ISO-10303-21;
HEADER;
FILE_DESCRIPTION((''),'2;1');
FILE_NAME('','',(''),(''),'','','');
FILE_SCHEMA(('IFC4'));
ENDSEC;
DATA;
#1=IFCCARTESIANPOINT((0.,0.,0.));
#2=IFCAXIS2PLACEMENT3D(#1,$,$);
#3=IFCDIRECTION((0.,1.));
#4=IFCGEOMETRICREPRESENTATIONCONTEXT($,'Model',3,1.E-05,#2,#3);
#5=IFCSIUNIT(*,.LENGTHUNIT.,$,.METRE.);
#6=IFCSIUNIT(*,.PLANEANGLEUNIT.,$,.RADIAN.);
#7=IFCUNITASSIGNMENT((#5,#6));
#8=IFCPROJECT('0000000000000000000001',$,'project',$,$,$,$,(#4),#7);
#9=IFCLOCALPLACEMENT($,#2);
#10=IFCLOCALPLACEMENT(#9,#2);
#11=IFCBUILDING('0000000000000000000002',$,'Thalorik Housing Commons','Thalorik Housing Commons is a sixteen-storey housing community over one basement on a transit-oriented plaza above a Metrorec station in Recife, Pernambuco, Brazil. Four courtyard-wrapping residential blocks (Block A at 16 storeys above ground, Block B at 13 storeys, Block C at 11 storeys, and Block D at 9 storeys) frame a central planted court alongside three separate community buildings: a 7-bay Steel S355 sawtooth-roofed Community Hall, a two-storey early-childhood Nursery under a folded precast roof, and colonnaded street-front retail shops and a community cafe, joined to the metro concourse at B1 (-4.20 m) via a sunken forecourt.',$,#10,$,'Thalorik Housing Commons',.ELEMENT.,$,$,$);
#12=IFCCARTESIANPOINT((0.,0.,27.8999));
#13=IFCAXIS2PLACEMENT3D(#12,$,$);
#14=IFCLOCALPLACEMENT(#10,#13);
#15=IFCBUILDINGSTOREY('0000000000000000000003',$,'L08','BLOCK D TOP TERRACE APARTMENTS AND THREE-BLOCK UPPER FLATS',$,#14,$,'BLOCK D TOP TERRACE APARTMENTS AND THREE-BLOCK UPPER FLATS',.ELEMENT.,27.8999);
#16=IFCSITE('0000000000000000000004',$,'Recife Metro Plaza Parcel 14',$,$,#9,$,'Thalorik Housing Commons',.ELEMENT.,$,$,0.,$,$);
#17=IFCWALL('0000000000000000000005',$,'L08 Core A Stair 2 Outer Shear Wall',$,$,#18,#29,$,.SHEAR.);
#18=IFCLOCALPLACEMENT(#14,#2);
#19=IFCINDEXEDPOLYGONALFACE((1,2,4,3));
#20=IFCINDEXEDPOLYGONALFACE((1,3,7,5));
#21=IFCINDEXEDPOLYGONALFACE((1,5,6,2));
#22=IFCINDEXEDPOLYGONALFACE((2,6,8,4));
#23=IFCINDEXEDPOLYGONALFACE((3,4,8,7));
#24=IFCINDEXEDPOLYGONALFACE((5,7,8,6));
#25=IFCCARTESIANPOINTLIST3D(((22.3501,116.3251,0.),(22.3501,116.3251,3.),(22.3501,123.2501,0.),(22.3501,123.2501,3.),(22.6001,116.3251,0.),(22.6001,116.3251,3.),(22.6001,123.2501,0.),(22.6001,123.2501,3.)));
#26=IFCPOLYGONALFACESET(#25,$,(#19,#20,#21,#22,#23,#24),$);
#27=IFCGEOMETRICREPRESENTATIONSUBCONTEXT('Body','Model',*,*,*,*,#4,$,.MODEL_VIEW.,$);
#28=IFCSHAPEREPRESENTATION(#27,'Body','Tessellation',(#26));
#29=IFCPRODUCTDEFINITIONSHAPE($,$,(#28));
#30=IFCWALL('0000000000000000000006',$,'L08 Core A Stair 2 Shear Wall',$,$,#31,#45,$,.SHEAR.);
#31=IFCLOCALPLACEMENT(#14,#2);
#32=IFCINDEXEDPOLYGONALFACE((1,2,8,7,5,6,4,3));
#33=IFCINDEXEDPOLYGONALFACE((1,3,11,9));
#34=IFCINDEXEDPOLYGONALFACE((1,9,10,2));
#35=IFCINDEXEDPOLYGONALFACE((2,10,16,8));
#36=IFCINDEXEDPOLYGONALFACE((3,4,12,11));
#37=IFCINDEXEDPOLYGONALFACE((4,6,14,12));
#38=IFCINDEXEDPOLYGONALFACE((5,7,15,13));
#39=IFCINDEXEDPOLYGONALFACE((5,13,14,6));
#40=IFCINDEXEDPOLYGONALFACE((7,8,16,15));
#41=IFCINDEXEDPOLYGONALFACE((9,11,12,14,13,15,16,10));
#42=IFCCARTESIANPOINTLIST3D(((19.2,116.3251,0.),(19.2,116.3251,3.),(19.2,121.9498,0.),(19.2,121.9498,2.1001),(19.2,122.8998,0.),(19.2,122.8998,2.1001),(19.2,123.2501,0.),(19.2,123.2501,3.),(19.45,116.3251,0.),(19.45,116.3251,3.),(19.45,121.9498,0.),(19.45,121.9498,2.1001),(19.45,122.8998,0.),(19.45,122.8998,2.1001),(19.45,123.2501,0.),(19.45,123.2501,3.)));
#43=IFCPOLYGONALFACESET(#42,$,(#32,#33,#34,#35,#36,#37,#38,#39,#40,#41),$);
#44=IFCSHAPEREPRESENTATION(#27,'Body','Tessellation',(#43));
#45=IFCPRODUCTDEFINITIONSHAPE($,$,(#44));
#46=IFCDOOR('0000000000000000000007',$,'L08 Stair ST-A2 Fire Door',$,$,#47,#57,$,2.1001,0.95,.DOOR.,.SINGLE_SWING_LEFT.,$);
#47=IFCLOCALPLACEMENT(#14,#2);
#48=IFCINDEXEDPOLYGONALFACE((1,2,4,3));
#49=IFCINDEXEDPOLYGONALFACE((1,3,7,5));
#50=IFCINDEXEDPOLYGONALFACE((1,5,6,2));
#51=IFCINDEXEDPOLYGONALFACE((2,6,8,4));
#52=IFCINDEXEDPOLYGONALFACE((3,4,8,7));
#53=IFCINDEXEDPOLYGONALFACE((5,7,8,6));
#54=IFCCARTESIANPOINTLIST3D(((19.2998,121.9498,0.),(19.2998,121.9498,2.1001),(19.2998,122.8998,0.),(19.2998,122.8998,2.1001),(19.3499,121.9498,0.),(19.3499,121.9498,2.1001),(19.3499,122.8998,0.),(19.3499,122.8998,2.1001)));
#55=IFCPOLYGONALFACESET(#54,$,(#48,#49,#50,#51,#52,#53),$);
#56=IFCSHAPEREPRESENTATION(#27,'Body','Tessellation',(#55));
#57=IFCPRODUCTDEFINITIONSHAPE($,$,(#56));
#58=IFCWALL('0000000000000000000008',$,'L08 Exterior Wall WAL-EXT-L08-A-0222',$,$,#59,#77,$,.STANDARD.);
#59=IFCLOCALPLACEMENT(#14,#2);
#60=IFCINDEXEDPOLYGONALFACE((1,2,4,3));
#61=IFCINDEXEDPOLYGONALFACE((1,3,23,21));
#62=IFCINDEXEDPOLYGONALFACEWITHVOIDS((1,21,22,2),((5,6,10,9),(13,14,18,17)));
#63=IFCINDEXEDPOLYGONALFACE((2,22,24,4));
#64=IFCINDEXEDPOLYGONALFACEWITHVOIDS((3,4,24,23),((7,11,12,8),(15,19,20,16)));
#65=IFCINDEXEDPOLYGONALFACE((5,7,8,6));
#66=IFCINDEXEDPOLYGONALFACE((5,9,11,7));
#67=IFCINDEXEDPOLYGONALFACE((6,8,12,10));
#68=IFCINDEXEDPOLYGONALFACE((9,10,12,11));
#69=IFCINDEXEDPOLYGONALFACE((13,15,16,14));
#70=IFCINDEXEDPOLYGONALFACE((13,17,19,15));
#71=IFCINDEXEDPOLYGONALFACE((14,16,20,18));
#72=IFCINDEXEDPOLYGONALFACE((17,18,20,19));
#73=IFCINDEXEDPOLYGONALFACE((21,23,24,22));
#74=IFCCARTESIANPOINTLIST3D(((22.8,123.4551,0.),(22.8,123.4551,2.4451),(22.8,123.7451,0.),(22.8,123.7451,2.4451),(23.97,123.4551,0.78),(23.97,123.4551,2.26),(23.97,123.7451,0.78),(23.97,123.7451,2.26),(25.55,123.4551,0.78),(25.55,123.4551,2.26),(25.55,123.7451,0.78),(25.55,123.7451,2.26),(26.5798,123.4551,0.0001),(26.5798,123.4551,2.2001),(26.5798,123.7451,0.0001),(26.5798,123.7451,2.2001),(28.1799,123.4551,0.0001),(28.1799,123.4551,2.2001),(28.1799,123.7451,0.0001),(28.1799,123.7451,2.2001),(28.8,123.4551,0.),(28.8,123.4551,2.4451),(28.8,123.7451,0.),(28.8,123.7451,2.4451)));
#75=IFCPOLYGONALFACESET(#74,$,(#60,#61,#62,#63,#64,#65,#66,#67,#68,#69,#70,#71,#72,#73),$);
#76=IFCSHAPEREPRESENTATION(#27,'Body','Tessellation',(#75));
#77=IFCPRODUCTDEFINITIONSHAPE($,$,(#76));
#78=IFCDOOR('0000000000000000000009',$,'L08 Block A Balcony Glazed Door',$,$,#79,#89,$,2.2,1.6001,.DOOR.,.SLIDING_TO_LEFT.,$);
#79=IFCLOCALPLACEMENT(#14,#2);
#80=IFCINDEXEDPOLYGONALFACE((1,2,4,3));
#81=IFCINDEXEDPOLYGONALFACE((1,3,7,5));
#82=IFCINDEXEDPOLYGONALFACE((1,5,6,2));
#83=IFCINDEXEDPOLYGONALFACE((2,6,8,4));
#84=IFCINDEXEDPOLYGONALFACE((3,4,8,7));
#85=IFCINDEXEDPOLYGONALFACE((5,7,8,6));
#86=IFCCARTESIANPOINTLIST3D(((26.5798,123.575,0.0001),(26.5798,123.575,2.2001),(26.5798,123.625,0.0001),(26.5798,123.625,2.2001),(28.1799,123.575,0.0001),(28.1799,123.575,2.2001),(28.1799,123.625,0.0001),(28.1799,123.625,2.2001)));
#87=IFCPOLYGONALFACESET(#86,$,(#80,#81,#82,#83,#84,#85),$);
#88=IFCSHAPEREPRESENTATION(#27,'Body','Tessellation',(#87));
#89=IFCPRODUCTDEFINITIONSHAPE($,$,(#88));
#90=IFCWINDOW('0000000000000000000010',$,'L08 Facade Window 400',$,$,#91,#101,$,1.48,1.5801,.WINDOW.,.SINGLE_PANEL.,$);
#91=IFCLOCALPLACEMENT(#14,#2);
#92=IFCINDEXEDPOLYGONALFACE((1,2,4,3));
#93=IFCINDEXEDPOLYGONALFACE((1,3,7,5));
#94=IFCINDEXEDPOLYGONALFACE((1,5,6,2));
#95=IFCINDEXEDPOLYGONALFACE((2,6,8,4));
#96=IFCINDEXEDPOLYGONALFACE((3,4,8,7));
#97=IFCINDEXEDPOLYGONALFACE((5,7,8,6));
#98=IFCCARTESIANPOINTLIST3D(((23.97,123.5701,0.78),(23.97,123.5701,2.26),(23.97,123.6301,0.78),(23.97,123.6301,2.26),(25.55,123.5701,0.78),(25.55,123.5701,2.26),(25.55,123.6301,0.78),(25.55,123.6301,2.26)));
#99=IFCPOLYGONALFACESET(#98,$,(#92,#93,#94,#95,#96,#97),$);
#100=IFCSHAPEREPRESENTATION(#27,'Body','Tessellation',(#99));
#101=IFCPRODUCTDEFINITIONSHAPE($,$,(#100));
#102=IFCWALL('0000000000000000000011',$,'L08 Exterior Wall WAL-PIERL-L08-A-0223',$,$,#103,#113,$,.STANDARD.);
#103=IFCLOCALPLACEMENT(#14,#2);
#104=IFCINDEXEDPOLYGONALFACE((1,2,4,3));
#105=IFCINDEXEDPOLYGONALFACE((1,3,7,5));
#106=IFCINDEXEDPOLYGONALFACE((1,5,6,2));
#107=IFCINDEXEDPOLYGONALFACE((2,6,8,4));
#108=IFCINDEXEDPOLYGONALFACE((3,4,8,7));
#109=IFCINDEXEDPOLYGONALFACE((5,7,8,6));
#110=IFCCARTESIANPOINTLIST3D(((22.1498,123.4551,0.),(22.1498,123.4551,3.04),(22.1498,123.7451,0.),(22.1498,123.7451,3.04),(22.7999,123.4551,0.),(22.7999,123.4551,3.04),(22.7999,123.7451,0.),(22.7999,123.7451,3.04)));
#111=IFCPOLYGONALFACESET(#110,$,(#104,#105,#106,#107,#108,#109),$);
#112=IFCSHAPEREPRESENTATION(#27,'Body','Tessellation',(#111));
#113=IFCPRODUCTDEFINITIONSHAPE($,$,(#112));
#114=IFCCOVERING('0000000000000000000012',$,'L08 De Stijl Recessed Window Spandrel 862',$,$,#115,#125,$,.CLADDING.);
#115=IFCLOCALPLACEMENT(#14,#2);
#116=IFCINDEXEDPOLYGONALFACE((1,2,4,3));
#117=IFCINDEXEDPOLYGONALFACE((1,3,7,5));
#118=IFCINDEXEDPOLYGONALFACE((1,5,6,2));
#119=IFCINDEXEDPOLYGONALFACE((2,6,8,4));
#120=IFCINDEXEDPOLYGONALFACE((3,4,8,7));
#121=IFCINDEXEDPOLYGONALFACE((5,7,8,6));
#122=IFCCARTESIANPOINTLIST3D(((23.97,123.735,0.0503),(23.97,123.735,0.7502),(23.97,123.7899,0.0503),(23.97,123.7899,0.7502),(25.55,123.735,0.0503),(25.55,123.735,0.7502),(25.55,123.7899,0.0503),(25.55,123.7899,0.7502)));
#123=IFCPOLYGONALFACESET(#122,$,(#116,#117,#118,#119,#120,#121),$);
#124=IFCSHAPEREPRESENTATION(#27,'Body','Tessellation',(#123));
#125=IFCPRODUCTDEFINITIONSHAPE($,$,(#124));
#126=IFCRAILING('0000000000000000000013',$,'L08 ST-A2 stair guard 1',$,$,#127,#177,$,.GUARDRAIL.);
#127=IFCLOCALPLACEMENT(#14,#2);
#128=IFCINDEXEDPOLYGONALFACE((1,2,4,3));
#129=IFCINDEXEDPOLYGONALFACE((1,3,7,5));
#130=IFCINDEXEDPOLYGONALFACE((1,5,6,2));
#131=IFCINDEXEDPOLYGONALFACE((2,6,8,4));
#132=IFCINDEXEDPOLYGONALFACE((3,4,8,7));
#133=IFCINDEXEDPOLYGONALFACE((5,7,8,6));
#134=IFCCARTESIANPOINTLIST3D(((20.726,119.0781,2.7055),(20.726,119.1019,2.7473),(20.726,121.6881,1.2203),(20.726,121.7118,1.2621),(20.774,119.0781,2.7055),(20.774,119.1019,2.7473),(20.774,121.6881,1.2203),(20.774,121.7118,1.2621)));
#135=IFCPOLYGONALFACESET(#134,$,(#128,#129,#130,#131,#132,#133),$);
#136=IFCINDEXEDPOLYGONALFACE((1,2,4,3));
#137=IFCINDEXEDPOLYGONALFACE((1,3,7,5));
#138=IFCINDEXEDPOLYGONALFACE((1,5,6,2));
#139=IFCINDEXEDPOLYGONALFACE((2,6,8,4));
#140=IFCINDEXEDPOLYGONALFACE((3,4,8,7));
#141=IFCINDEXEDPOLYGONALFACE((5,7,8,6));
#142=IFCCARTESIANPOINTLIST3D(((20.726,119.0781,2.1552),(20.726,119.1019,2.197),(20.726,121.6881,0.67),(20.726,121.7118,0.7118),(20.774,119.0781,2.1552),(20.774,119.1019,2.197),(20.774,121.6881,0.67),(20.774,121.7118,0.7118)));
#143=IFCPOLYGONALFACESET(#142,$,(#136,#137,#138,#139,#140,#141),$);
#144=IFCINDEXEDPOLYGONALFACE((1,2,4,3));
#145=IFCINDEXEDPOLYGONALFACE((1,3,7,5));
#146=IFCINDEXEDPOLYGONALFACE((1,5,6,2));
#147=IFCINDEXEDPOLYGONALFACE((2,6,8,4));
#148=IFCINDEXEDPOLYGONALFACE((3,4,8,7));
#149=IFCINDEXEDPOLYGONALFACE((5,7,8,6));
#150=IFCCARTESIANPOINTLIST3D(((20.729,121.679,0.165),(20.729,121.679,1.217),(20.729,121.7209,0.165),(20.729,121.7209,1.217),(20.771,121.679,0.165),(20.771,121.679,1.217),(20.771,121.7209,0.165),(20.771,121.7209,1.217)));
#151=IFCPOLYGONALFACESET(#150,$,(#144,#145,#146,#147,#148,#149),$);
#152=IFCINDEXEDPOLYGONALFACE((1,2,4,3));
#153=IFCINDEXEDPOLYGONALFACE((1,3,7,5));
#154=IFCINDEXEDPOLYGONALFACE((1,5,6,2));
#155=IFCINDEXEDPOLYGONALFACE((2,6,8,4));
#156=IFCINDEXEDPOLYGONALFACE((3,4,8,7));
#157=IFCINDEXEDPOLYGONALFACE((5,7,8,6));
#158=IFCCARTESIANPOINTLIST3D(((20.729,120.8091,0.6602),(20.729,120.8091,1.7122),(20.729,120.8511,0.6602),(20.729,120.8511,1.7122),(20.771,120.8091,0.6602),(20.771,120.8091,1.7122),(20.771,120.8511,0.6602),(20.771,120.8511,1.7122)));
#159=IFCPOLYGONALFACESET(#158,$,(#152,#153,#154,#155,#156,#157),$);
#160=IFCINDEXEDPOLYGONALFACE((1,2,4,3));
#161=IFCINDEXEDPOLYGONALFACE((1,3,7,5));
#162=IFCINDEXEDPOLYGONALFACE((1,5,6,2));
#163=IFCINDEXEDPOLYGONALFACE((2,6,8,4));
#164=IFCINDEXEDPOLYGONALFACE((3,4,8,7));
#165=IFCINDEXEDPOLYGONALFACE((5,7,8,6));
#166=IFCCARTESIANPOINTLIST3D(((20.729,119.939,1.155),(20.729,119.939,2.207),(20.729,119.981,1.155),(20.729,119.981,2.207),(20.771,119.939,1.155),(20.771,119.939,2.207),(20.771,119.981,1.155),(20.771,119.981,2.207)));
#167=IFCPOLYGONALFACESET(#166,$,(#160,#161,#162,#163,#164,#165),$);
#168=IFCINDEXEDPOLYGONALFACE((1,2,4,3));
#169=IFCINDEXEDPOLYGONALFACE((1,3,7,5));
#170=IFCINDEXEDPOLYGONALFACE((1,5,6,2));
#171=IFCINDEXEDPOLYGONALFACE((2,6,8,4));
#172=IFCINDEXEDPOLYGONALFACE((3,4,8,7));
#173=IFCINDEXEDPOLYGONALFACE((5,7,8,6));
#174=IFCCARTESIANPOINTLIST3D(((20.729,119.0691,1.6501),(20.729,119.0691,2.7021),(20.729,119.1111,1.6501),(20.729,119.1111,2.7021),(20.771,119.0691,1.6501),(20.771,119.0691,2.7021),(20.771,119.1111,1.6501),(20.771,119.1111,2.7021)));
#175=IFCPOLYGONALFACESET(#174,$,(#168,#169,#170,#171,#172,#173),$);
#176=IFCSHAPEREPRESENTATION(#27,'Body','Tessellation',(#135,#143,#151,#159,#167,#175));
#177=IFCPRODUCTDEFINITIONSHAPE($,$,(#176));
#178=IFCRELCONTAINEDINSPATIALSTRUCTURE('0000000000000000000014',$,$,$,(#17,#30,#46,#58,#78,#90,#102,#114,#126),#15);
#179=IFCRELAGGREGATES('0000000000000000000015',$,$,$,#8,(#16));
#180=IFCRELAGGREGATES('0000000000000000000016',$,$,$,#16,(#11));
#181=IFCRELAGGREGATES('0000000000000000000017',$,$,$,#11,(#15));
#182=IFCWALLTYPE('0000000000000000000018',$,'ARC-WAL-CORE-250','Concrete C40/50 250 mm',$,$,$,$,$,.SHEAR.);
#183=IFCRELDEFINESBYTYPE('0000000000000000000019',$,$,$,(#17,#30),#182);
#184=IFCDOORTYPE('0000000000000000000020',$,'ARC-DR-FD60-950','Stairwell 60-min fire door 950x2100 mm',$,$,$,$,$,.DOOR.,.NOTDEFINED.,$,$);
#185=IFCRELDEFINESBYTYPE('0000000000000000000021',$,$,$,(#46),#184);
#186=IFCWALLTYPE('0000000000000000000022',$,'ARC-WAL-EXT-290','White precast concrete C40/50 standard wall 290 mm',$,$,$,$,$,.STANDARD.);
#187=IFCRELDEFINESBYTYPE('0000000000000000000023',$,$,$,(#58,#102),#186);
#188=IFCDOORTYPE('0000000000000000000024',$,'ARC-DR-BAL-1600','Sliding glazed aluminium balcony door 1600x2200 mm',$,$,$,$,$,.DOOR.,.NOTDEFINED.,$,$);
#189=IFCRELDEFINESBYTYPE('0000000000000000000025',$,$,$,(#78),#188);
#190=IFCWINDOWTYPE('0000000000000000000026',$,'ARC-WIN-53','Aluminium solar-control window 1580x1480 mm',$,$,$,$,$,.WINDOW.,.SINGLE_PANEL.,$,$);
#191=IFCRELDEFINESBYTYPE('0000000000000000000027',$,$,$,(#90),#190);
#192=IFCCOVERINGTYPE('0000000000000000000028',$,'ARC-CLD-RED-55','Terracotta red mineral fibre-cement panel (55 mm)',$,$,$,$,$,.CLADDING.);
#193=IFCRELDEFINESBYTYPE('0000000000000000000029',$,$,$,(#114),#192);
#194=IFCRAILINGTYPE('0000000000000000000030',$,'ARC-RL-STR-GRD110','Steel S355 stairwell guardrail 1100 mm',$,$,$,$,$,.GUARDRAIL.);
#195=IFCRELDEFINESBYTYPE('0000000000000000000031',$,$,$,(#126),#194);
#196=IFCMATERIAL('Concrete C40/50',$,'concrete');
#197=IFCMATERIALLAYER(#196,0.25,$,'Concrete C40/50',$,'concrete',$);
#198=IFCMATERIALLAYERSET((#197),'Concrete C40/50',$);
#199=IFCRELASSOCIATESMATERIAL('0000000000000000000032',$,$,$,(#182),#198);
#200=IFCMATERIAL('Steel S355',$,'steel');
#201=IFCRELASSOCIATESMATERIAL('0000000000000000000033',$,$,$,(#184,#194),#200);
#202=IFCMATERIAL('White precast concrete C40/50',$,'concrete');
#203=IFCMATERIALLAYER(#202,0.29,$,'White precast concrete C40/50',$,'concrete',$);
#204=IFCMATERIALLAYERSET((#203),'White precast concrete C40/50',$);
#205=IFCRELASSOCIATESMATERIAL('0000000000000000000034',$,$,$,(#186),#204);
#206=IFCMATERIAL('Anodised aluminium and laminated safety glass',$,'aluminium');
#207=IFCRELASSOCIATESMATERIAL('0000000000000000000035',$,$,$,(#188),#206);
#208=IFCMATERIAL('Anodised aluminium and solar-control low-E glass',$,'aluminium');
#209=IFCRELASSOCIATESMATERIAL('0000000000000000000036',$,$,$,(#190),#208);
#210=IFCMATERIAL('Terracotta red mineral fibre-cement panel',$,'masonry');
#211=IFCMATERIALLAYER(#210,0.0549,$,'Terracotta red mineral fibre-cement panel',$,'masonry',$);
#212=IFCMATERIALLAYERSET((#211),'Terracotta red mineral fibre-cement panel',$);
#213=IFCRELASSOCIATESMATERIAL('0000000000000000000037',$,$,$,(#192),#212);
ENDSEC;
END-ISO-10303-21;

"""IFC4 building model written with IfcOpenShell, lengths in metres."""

from ifc_helpers import new_model, si_unit, direction, frame, frame_2d, origin, origin_2d, place, context, subcontext, project, spatial, rectangle, extrude, material, layer, layer_set, type_object, element, fill, save


model = new_model("IFC4")

# Units and contexts
model_context = context("Model", 3, precision=1e-05, world=origin(), true_north=direction((0.0, 1.0)))
body_context = subcontext(model_context, "Body", "Model", "MODEL_VIEW")
ifc_project = project(units=[si_unit("LENGTHUNIT", "METRE"), si_unit("PLANEANGLEUNIT", "RADIAN")], contexts=[model_context])

# Site, building, storey
site_placement = place(None, origin())
site = spatial("IfcSite", under=ifc_project, at=site_placement, Name="Recife Metro Plaza Parcel 14", LongName="Thalorik Housing Commons", CompositionType="ELEMENT", RefElevation=0.0)
building_placement = place(site_placement, origin())
building = spatial("IfcBuilding", under=site, at=building_placement, Name="Thalorik Housing Commons", Description="Thalorik Housing Commons is a sixteen-storey housing community over one basement on a transit-oriented plaza above a Metrorec station in Recife, Pernambuco, Brazil. Four courtyard-wrapping residential blocks (Block A at 16 storeys above ground, Block B at 13 storeys, Block C at 11 storeys, and Block D at 9 storeys) frame a central planted court alongside three separate community buildings: a 7-bay Steel S355 sawtooth-roofed Community Hall, a two-storey early-childhood Nursery under a folded precast roof, and colonnaded street-front retail shops and a community cafe, joined to the metro concourse at B1 (-4.20 m) via a sunken forecourt.", LongName="Thalorik Housing Commons", CompositionType="ELEMENT")
storey_placement = place(building_placement, frame((0.0, 0.0, 27.8999)))
storey = spatial("IfcBuildingStorey", under=building, at=storey_placement, Name="L08", Description="BLOCK D TOP TERRACE APARTMENTS AND THREE-BLOCK UPPER FLATS", LongName="BLOCK D TOP TERRACE APARTMENTS AND THREE-BLOCK UPPER FLATS", CompositionType="ELEMENT", Elevation=27.8999)

# Shared definitions
ifc_material_1 = material(Name="Anodised aluminium and solar-control low-E glass", Category="aluminium")

# Wall
ifc_material_2 = material(Name="Concrete C40/50", Category="concrete")
ifc_layer_1 = layer(ifc_material_2, 0.25, Name="Concrete C40/50", Category="concrete")
ifc_layer_set_1 = layer_set([ifc_layer_1], Name="Concrete C40/50")
wall_type_1 = type_object("IfcWallType", Name="ARC-WAL-CORE-250", Description="Concrete C40/50 250 mm", PredefinedType="SHEAR", material=ifc_layer_set_1)
wall_1_placement = place(storey_placement, frame((22.4751, 123.25, 0.0), z_axis=(0.0, 0.0, 1.0), x_axis=(0.0, -1.0, 0.0)))
element("IfcWall", 1, at=wall_1_placement, inside=storey, type_object=wall_type_1, Name="L08 Core A Stair 2 Outer Shear Wall", PredefinedType="SHEAR", context=body_context, shape_type="SweptSolid", body=[
    extrude(rectangle(XDim=6.925, YDim=0.25, at=frame_2d((3.4624, 0.0))), origin(), (0.0, 0.0, 1.0), 3.0),
])

# Wall, opening, door
wall_2_placement = place(storey_placement, frame((19.325, 123.25, 0.0), z_axis=(0.0, 0.0, 1.0), x_axis=(0.0, -1.0, 0.0)))
wall_2 = element("IfcWall", 2, at=wall_2_placement, inside=storey, type_object=wall_type_1, Name="L08 Core A Stair 2 Shear Wall", PredefinedType="SHEAR", context=body_context, shape_type="SweptSolid", body=[
    extrude(rectangle(XDim=6.925, YDim=0.25, at=frame_2d((3.4624, 0.0))), origin(), (0.0, 0.0, 1.0), 3.0),
])
opening_1_placement = place(wall_2_placement, frame((0.3501, 0.0, 0.0)))
opening_1 = element("IfcOpeningElement", 3, at=opening_1_placement, cuts=wall_2, PredefinedType="OPENING", context=body_context, shape_type="SweptSolid", body=[
    extrude(rectangle(XDim=0.95, YDim=2.1001, at=frame_2d((0.4751, 1.05))), frame((0.0, 0.135, 0.0), z_axis=(0.0, -1.0, 0.0), x_axis=(1.0, 0.0, 0.0)), (0.0, 0.0, 1.0), 0.27),
])
ifc_material_3 = material(Name="Steel S355", Category="steel")
door_type_1 = type_object("IfcDoorType", Name="ARC-DR-FD60-950", Description="Stairwell 60-min fire door 950x2100 mm", OperationType="NOTDEFINED", PredefinedType="DOOR", material=ifc_material_3)
door_1_placement = place(opening_1_placement, origin())
door_1 = element("IfcDoor", 4, at=door_1_placement, inside=storey, type_object=door_type_1, Name="L08 Stair ST-A2 Fire Door", OperationType="SINGLE_SWING_LEFT", OverallHeight=2.1001, OverallWidth=0.95, PredefinedType="DOOR", context=body_context, shape_type="SweptSolid", body=[
    extrude(rectangle(XDim=0.95, YDim=2.1001, at=frame_2d((0.4751, 1.05))), frame((0.0, 0.0249, 0.0), z_axis=(0.0, -1.0, 0.0), x_axis=(1.0, 0.0, 0.0)), (0.0, 0.0, 1.0), 0.05),
])
fill(opening_1, door_1)

# Wall, openings, door, window
ifc_material_4 = material(Name="White precast concrete C40/50", Category="concrete")
ifc_layer_2 = layer(ifc_material_4, 0.29, Name="White precast concrete C40/50", Category="concrete")
ifc_layer_set_2 = layer_set([ifc_layer_2], Name="White precast concrete C40/50")
wall_type_2 = type_object("IfcWallType", Name="ARC-WAL-EXT-290", Description="White precast concrete C40/50 standard wall 290 mm", PredefinedType="STANDARD", material=ifc_layer_set_2)
wall_3_placement = place(storey_placement, frame((28.8, 123.6001, 0.0), z_axis=(0.0, 0.0, 1.0), x_axis=(-1.0, 0.0, 0.0)))
wall_3 = element("IfcWall", 5, at=wall_3_placement, inside=storey, type_object=wall_type_2, Name="L08 Exterior Wall WAL-EXT-L08-A-0222", PredefinedType="STANDARD", context=body_context, shape_type="SweptSolid", body=[
    extrude(rectangle(XDim=6.0, YDim=0.29, at=frame_2d((3.0, 0.0))), origin(), (0.0, 0.0, 1.0), 2.4451),
])
opening_2_placement = place(wall_3_placement, frame((0.6201, 0.0, 0.0)))
opening_2 = element("IfcOpeningElement", 6, at=opening_2_placement, cuts=wall_3, PredefinedType="OPENING", context=body_context, shape_type="SweptSolid", body=[
    extrude(rectangle(XDim=1.6001, YDim=2.2, at=frame_2d((0.8, 1.1001))), frame((0.0, 0.155, 0.0), z_axis=(0.0, -1.0, 0.0), x_axis=(1.0, 0.0, 0.0)), (0.0, 0.0, 1.0), 0.3101),
])
opening_3_placement = place(wall_3_placement, frame((3.25, 0.0, 0.78)))
opening_3 = element("IfcOpeningElement", 7, at=opening_3_placement, cuts=wall_3, PredefinedType="OPENING", context=body_context, shape_type="SweptSolid", body=[
    extrude(rectangle(XDim=1.5801, YDim=1.48, at=frame_2d((0.79, 0.74))), frame((0.0, 0.155, 0.0), z_axis=(0.0, -1.0, 0.0), x_axis=(1.0, 0.0, 0.0)), (0.0, 0.0, 1.0), 0.3101),
])
ifc_material_5 = material(Name="Anodised aluminium and laminated safety glass", Category="aluminium")
door_type_2 = type_object("IfcDoorType", Name="ARC-DR-BAL-1600", Description="Sliding glazed aluminium balcony door 1600x2200 mm", OperationType="NOTDEFINED", PredefinedType="DOOR", material=ifc_material_5)
door_2_placement = place(opening_2_placement, frame((1.6001, 0.0, 0.0), z_axis=(0.0, 0.0, 1.0), x_axis=(-1.0, 0.0, 0.0)))
door_2 = element("IfcDoor", 8, at=door_2_placement, inside=storey, type_object=door_type_2, Name="L08 Block A Balcony Glazed Door", OperationType="SLIDING_TO_LEFT", OverallHeight=2.2, OverallWidth=1.6001, PredefinedType="DOOR", context=body_context, shape_type="SweptSolid", body=[
    extrude(rectangle(XDim=1.6001, YDim=2.2, at=frame_2d((0.8, 1.1001))), frame((0.0, 0.0249, 0.0), z_axis=(0.0, -1.0, 0.0), x_axis=(1.0, 0.0, 0.0)), (0.0, 0.0, 1.0), 0.05),
])
fill(opening_2, door_2)
window_type = type_object("IfcWindowType", Name="ARC-WIN-53", Description="Aluminium solar-control window 1580x1480 mm", PartitioningType="SINGLE_PANEL", PredefinedType="WINDOW", material=ifc_material_1)
window_placement = place(opening_3_placement, origin())
window = element("IfcWindow", 9, at=window_placement, inside=storey, type_object=window_type, Name="L08 Facade Window 400", OverallHeight=1.48, OverallWidth=1.5801, PartitioningType="SINGLE_PANEL", PredefinedType="WINDOW", context=body_context, shape_type="SweptSolid", body=[
    extrude(rectangle(XDim=1.5801, YDim=1.48, at=frame_2d((0.79, 0.74))), frame((0.0, 0.03, 0.0), z_axis=(0.0, -1.0, 0.0), x_axis=(1.0, 0.0, 0.0)), (0.0, 0.0, 1.0), 0.0601),
])
fill(opening_3, window)

# Wall
wall_4_placement = place(storey_placement, frame((22.8, 123.6001, 0.0), z_axis=(0.0, 0.0, 1.0), x_axis=(-1.0, 0.0, 0.0)))
element("IfcWall", 10, at=wall_4_placement, inside=storey, type_object=wall_type_2, Name="L08 Exterior Wall WAL-PIERL-L08-A-0223", PredefinedType="STANDARD", context=body_context, shape_type="SweptSolid", body=[
    extrude(rectangle(XDim=0.6501, YDim=0.29, at=frame_2d((0.3252, 0.0))), origin(), (0.0, 0.0, 1.0), 3.04),
])

# Covering
ifc_material_6 = material(Name="Terracotta red mineral fibre-cement panel", Category="masonry")
ifc_layer_3 = layer(ifc_material_6, 0.0549, Name="Terracotta red mineral fibre-cement panel", Category="masonry")
ifc_layer_set_3 = layer_set([ifc_layer_3], Name="Terracotta red mineral fibre-cement panel")
covering_type_1 = type_object("IfcCoveringType", Name="ARC-CLD-RED-55", Description="Terracotta red mineral fibre-cement panel (55 mm)", PredefinedType="CLADDING", material=ifc_layer_set_3)
covering_1_placement = place(storey_placement, frame((24.76, 123.7625, 0.0503), z_axis=(0.0, 0.0, 1.0), x_axis=(-1.0, 0.0, 0.0)))
element("IfcCovering", 11, at=covering_1_placement, inside=storey, type_object=covering_type_1, Name="L08 De Stijl Recessed Window Spandrel 862", PredefinedType="CLADDING", context=body_context, shape_type="SweptSolid", body=[
    extrude(rectangle(XDim=1.5801, YDim=0.0549, at=origin_2d()), origin(), (0.0, 0.0, 1.0), 0.7),
])

# Railing
railing_type_1 = type_object("IfcRailingType", Name="ARC-RL-STR-GRD110", Description="Steel S355 stairwell guardrail 1100 mm", PredefinedType="GUARDRAIL", material=ifc_material_3)
railing_1_placement = place(storey_placement, frame((20.75, 121.7, 0.165)))
element("IfcRailing", 12, at=railing_1_placement, inside=storey, type_object=railing_type_1, Name="L08 ST-A2 stair guard 1", PredefinedType="GUARDRAIL", context=body_context, shape_type="SweptSolid", body=[
    extrude(rectangle(XDim=0.0481, YDim=0.0481, at=origin_2d()), frame((0.0, 0.0, 1.0762), z_axis=(0.0, -0.869137, 0.494571), x_axis=(1.0, 0.0, 0.0)), (0.0, 0.0, 1.0), 3.0029),
    extrude(rectangle(XDim=0.0481, YDim=0.0481, at=origin_2d()), frame((0.0, 0.0, 0.5259), z_axis=(0.0, -0.869137, 0.494571), x_axis=(1.0, 0.0, 0.0)), (0.0, 0.0, 1.0), 3.0029),
    extrude(rectangle(XDim=0.042, YDim=0.042, at=origin_2d()), origin(), (0.0, 0.0, 1.0), 1.052),
    extrude(rectangle(XDim=0.042, YDim=0.042, at=origin_2d()), frame((0.0, -0.8699, 0.4951)), (0.0, 0.0, 1.0), 1.052),
    extrude(rectangle(XDim=0.042, YDim=0.042, at=origin_2d()), frame((0.0, -1.74, 0.99)), (0.0, 0.0, 1.0), 1.052),
    extrude(rectangle(XDim=0.042, YDim=0.042, at=origin_2d()), frame((0.0, -2.6099, 1.4851)), (0.0, 0.0, 1.0), 1.052),
])

save(model, "model.ifc")
